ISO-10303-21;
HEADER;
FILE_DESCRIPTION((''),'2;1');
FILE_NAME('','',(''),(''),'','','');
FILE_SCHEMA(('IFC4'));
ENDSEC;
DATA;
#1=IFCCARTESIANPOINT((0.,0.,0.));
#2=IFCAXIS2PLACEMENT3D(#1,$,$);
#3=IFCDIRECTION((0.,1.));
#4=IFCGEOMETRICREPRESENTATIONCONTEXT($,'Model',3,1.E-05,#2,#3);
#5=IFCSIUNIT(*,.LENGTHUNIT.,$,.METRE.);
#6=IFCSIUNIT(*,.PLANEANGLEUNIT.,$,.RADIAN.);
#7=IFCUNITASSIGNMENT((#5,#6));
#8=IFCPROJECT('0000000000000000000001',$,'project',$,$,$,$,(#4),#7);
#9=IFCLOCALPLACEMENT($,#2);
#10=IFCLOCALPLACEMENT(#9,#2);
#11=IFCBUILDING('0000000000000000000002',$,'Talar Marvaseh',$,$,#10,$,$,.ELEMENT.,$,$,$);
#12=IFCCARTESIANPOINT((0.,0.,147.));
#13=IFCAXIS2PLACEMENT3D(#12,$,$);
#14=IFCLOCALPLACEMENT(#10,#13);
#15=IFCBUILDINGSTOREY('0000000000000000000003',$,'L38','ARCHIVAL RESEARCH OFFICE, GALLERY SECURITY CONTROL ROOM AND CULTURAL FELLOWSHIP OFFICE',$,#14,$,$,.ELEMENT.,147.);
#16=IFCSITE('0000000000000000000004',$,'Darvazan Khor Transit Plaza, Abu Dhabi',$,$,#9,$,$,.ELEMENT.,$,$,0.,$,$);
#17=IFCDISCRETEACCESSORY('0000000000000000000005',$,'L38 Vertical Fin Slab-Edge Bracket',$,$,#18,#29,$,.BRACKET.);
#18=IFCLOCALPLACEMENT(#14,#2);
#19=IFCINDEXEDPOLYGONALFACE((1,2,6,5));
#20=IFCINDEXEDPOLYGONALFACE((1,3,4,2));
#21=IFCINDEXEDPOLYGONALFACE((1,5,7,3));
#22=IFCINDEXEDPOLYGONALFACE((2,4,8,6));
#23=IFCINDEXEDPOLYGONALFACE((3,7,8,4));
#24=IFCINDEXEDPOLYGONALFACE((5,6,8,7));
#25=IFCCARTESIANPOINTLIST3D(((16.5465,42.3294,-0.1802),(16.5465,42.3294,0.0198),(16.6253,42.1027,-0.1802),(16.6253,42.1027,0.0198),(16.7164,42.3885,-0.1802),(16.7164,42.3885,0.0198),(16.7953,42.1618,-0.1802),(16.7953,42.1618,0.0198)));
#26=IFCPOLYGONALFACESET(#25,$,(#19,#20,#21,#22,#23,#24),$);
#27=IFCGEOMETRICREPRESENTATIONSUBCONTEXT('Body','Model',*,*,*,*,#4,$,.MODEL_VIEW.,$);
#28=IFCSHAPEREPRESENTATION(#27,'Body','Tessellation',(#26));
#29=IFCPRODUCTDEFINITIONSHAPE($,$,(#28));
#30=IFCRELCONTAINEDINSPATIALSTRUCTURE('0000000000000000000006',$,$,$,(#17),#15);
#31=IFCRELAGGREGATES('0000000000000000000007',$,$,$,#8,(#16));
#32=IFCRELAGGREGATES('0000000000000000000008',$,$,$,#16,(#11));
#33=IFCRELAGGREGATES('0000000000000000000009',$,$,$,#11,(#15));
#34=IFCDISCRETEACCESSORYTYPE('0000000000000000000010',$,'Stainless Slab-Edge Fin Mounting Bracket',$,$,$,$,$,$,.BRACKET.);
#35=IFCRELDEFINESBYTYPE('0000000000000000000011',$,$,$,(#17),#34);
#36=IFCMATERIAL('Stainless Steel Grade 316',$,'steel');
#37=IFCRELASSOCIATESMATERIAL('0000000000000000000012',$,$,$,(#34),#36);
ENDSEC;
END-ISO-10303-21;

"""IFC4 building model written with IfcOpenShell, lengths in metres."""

from ifc_helpers import new_model, si_unit, direction, frame, origin, origin_2d, place, context, subcontext, project, spatial, rectangle, extrude, source, transform, mapped, material, type_object, type_shapes, element, save


model = new_model("IFC4")

# Units and contexts
model_context = context("Model", 3, precision=1e-05, world=origin(), true_north=direction((0.0, 1.0)))
body_context = subcontext(model_context, "Body", "Model", "MODEL_VIEW")
ifc_project = project(units=[si_unit("LENGTHUNIT", "METRE"), si_unit("PLANEANGLEUNIT", "RADIAN")], contexts=[model_context])

# Site, building, storey
site_placement = place(None, origin())
site = spatial("IfcSite", under=ifc_project, at=site_placement, Name="Darvazan Khor Transit Plaza, Abu Dhabi", CompositionType="ELEMENT", RefElevation=0.0)
building_placement = place(site_placement, origin())
building = spatial("IfcBuilding", under=site, at=building_placement, Name="Talar Marvaseh", CompositionType="ELEMENT")
storey_placement = place(building_placement, frame((0.0, 0.0, 147.0)))
storey = spatial("IfcBuildingStorey", under=building, at=storey_placement, Name="L38", Description="ARCHIVAL RESEARCH OFFICE, GALLERY SECURITY CONTROL ROOM AND CULTURAL FELLOWSHIP OFFICE", CompositionType="ELEMENT", Elevation=147.0)

# Discrete accessory
ifc_material_1 = material(Name="Stainless Steel Grade 316", Category="steel")
discrete_accessory_type = type_object("IfcDiscreteAccessoryType", Name="Stainless Slab-Edge Fin Mounting Bracket", PredefinedType="BRACKET", material=ifc_material_1)
shared_shape_1 = source(origin(), body_context, "Body", "SweptSolid", [
    extrude(rectangle(XDim=0.24, YDim=0.1799, at=origin_2d()), origin(), (0.0, 0.0, 1.0), 0.2),
])
type_shapes(discrete_accessory_type, [shared_shape_1])
for number, where, z_axis, x_axis, name in (
    (1, (16.6709, 42.2456, -0.1802), (0.0, 0.0, 1.0), (-0.328537, 0.944491, 0.0), "L38 Vertical Fin Slab-Edge Bracket"),
):
    element("IfcDiscreteAccessory", number, at=place(storey_placement, frame(where, z_axis=z_axis, x_axis=x_axis)), inside=storey, type_object=discrete_accessory_type, Name=name, PredefinedType="BRACKET", context=body_context, shape_type="MappedRepresentation", body=[
        mapped(shared_shape_1, transform((0.0, 0.0, 0.0), x_axis=(1.0, 0.0, 0.0), y_axis=(0.0, 1.0, 0.0), z_axis=(0.0, 0.0, 1.0), scale=1.0)),
    ])

save(model, "model.ifc")
